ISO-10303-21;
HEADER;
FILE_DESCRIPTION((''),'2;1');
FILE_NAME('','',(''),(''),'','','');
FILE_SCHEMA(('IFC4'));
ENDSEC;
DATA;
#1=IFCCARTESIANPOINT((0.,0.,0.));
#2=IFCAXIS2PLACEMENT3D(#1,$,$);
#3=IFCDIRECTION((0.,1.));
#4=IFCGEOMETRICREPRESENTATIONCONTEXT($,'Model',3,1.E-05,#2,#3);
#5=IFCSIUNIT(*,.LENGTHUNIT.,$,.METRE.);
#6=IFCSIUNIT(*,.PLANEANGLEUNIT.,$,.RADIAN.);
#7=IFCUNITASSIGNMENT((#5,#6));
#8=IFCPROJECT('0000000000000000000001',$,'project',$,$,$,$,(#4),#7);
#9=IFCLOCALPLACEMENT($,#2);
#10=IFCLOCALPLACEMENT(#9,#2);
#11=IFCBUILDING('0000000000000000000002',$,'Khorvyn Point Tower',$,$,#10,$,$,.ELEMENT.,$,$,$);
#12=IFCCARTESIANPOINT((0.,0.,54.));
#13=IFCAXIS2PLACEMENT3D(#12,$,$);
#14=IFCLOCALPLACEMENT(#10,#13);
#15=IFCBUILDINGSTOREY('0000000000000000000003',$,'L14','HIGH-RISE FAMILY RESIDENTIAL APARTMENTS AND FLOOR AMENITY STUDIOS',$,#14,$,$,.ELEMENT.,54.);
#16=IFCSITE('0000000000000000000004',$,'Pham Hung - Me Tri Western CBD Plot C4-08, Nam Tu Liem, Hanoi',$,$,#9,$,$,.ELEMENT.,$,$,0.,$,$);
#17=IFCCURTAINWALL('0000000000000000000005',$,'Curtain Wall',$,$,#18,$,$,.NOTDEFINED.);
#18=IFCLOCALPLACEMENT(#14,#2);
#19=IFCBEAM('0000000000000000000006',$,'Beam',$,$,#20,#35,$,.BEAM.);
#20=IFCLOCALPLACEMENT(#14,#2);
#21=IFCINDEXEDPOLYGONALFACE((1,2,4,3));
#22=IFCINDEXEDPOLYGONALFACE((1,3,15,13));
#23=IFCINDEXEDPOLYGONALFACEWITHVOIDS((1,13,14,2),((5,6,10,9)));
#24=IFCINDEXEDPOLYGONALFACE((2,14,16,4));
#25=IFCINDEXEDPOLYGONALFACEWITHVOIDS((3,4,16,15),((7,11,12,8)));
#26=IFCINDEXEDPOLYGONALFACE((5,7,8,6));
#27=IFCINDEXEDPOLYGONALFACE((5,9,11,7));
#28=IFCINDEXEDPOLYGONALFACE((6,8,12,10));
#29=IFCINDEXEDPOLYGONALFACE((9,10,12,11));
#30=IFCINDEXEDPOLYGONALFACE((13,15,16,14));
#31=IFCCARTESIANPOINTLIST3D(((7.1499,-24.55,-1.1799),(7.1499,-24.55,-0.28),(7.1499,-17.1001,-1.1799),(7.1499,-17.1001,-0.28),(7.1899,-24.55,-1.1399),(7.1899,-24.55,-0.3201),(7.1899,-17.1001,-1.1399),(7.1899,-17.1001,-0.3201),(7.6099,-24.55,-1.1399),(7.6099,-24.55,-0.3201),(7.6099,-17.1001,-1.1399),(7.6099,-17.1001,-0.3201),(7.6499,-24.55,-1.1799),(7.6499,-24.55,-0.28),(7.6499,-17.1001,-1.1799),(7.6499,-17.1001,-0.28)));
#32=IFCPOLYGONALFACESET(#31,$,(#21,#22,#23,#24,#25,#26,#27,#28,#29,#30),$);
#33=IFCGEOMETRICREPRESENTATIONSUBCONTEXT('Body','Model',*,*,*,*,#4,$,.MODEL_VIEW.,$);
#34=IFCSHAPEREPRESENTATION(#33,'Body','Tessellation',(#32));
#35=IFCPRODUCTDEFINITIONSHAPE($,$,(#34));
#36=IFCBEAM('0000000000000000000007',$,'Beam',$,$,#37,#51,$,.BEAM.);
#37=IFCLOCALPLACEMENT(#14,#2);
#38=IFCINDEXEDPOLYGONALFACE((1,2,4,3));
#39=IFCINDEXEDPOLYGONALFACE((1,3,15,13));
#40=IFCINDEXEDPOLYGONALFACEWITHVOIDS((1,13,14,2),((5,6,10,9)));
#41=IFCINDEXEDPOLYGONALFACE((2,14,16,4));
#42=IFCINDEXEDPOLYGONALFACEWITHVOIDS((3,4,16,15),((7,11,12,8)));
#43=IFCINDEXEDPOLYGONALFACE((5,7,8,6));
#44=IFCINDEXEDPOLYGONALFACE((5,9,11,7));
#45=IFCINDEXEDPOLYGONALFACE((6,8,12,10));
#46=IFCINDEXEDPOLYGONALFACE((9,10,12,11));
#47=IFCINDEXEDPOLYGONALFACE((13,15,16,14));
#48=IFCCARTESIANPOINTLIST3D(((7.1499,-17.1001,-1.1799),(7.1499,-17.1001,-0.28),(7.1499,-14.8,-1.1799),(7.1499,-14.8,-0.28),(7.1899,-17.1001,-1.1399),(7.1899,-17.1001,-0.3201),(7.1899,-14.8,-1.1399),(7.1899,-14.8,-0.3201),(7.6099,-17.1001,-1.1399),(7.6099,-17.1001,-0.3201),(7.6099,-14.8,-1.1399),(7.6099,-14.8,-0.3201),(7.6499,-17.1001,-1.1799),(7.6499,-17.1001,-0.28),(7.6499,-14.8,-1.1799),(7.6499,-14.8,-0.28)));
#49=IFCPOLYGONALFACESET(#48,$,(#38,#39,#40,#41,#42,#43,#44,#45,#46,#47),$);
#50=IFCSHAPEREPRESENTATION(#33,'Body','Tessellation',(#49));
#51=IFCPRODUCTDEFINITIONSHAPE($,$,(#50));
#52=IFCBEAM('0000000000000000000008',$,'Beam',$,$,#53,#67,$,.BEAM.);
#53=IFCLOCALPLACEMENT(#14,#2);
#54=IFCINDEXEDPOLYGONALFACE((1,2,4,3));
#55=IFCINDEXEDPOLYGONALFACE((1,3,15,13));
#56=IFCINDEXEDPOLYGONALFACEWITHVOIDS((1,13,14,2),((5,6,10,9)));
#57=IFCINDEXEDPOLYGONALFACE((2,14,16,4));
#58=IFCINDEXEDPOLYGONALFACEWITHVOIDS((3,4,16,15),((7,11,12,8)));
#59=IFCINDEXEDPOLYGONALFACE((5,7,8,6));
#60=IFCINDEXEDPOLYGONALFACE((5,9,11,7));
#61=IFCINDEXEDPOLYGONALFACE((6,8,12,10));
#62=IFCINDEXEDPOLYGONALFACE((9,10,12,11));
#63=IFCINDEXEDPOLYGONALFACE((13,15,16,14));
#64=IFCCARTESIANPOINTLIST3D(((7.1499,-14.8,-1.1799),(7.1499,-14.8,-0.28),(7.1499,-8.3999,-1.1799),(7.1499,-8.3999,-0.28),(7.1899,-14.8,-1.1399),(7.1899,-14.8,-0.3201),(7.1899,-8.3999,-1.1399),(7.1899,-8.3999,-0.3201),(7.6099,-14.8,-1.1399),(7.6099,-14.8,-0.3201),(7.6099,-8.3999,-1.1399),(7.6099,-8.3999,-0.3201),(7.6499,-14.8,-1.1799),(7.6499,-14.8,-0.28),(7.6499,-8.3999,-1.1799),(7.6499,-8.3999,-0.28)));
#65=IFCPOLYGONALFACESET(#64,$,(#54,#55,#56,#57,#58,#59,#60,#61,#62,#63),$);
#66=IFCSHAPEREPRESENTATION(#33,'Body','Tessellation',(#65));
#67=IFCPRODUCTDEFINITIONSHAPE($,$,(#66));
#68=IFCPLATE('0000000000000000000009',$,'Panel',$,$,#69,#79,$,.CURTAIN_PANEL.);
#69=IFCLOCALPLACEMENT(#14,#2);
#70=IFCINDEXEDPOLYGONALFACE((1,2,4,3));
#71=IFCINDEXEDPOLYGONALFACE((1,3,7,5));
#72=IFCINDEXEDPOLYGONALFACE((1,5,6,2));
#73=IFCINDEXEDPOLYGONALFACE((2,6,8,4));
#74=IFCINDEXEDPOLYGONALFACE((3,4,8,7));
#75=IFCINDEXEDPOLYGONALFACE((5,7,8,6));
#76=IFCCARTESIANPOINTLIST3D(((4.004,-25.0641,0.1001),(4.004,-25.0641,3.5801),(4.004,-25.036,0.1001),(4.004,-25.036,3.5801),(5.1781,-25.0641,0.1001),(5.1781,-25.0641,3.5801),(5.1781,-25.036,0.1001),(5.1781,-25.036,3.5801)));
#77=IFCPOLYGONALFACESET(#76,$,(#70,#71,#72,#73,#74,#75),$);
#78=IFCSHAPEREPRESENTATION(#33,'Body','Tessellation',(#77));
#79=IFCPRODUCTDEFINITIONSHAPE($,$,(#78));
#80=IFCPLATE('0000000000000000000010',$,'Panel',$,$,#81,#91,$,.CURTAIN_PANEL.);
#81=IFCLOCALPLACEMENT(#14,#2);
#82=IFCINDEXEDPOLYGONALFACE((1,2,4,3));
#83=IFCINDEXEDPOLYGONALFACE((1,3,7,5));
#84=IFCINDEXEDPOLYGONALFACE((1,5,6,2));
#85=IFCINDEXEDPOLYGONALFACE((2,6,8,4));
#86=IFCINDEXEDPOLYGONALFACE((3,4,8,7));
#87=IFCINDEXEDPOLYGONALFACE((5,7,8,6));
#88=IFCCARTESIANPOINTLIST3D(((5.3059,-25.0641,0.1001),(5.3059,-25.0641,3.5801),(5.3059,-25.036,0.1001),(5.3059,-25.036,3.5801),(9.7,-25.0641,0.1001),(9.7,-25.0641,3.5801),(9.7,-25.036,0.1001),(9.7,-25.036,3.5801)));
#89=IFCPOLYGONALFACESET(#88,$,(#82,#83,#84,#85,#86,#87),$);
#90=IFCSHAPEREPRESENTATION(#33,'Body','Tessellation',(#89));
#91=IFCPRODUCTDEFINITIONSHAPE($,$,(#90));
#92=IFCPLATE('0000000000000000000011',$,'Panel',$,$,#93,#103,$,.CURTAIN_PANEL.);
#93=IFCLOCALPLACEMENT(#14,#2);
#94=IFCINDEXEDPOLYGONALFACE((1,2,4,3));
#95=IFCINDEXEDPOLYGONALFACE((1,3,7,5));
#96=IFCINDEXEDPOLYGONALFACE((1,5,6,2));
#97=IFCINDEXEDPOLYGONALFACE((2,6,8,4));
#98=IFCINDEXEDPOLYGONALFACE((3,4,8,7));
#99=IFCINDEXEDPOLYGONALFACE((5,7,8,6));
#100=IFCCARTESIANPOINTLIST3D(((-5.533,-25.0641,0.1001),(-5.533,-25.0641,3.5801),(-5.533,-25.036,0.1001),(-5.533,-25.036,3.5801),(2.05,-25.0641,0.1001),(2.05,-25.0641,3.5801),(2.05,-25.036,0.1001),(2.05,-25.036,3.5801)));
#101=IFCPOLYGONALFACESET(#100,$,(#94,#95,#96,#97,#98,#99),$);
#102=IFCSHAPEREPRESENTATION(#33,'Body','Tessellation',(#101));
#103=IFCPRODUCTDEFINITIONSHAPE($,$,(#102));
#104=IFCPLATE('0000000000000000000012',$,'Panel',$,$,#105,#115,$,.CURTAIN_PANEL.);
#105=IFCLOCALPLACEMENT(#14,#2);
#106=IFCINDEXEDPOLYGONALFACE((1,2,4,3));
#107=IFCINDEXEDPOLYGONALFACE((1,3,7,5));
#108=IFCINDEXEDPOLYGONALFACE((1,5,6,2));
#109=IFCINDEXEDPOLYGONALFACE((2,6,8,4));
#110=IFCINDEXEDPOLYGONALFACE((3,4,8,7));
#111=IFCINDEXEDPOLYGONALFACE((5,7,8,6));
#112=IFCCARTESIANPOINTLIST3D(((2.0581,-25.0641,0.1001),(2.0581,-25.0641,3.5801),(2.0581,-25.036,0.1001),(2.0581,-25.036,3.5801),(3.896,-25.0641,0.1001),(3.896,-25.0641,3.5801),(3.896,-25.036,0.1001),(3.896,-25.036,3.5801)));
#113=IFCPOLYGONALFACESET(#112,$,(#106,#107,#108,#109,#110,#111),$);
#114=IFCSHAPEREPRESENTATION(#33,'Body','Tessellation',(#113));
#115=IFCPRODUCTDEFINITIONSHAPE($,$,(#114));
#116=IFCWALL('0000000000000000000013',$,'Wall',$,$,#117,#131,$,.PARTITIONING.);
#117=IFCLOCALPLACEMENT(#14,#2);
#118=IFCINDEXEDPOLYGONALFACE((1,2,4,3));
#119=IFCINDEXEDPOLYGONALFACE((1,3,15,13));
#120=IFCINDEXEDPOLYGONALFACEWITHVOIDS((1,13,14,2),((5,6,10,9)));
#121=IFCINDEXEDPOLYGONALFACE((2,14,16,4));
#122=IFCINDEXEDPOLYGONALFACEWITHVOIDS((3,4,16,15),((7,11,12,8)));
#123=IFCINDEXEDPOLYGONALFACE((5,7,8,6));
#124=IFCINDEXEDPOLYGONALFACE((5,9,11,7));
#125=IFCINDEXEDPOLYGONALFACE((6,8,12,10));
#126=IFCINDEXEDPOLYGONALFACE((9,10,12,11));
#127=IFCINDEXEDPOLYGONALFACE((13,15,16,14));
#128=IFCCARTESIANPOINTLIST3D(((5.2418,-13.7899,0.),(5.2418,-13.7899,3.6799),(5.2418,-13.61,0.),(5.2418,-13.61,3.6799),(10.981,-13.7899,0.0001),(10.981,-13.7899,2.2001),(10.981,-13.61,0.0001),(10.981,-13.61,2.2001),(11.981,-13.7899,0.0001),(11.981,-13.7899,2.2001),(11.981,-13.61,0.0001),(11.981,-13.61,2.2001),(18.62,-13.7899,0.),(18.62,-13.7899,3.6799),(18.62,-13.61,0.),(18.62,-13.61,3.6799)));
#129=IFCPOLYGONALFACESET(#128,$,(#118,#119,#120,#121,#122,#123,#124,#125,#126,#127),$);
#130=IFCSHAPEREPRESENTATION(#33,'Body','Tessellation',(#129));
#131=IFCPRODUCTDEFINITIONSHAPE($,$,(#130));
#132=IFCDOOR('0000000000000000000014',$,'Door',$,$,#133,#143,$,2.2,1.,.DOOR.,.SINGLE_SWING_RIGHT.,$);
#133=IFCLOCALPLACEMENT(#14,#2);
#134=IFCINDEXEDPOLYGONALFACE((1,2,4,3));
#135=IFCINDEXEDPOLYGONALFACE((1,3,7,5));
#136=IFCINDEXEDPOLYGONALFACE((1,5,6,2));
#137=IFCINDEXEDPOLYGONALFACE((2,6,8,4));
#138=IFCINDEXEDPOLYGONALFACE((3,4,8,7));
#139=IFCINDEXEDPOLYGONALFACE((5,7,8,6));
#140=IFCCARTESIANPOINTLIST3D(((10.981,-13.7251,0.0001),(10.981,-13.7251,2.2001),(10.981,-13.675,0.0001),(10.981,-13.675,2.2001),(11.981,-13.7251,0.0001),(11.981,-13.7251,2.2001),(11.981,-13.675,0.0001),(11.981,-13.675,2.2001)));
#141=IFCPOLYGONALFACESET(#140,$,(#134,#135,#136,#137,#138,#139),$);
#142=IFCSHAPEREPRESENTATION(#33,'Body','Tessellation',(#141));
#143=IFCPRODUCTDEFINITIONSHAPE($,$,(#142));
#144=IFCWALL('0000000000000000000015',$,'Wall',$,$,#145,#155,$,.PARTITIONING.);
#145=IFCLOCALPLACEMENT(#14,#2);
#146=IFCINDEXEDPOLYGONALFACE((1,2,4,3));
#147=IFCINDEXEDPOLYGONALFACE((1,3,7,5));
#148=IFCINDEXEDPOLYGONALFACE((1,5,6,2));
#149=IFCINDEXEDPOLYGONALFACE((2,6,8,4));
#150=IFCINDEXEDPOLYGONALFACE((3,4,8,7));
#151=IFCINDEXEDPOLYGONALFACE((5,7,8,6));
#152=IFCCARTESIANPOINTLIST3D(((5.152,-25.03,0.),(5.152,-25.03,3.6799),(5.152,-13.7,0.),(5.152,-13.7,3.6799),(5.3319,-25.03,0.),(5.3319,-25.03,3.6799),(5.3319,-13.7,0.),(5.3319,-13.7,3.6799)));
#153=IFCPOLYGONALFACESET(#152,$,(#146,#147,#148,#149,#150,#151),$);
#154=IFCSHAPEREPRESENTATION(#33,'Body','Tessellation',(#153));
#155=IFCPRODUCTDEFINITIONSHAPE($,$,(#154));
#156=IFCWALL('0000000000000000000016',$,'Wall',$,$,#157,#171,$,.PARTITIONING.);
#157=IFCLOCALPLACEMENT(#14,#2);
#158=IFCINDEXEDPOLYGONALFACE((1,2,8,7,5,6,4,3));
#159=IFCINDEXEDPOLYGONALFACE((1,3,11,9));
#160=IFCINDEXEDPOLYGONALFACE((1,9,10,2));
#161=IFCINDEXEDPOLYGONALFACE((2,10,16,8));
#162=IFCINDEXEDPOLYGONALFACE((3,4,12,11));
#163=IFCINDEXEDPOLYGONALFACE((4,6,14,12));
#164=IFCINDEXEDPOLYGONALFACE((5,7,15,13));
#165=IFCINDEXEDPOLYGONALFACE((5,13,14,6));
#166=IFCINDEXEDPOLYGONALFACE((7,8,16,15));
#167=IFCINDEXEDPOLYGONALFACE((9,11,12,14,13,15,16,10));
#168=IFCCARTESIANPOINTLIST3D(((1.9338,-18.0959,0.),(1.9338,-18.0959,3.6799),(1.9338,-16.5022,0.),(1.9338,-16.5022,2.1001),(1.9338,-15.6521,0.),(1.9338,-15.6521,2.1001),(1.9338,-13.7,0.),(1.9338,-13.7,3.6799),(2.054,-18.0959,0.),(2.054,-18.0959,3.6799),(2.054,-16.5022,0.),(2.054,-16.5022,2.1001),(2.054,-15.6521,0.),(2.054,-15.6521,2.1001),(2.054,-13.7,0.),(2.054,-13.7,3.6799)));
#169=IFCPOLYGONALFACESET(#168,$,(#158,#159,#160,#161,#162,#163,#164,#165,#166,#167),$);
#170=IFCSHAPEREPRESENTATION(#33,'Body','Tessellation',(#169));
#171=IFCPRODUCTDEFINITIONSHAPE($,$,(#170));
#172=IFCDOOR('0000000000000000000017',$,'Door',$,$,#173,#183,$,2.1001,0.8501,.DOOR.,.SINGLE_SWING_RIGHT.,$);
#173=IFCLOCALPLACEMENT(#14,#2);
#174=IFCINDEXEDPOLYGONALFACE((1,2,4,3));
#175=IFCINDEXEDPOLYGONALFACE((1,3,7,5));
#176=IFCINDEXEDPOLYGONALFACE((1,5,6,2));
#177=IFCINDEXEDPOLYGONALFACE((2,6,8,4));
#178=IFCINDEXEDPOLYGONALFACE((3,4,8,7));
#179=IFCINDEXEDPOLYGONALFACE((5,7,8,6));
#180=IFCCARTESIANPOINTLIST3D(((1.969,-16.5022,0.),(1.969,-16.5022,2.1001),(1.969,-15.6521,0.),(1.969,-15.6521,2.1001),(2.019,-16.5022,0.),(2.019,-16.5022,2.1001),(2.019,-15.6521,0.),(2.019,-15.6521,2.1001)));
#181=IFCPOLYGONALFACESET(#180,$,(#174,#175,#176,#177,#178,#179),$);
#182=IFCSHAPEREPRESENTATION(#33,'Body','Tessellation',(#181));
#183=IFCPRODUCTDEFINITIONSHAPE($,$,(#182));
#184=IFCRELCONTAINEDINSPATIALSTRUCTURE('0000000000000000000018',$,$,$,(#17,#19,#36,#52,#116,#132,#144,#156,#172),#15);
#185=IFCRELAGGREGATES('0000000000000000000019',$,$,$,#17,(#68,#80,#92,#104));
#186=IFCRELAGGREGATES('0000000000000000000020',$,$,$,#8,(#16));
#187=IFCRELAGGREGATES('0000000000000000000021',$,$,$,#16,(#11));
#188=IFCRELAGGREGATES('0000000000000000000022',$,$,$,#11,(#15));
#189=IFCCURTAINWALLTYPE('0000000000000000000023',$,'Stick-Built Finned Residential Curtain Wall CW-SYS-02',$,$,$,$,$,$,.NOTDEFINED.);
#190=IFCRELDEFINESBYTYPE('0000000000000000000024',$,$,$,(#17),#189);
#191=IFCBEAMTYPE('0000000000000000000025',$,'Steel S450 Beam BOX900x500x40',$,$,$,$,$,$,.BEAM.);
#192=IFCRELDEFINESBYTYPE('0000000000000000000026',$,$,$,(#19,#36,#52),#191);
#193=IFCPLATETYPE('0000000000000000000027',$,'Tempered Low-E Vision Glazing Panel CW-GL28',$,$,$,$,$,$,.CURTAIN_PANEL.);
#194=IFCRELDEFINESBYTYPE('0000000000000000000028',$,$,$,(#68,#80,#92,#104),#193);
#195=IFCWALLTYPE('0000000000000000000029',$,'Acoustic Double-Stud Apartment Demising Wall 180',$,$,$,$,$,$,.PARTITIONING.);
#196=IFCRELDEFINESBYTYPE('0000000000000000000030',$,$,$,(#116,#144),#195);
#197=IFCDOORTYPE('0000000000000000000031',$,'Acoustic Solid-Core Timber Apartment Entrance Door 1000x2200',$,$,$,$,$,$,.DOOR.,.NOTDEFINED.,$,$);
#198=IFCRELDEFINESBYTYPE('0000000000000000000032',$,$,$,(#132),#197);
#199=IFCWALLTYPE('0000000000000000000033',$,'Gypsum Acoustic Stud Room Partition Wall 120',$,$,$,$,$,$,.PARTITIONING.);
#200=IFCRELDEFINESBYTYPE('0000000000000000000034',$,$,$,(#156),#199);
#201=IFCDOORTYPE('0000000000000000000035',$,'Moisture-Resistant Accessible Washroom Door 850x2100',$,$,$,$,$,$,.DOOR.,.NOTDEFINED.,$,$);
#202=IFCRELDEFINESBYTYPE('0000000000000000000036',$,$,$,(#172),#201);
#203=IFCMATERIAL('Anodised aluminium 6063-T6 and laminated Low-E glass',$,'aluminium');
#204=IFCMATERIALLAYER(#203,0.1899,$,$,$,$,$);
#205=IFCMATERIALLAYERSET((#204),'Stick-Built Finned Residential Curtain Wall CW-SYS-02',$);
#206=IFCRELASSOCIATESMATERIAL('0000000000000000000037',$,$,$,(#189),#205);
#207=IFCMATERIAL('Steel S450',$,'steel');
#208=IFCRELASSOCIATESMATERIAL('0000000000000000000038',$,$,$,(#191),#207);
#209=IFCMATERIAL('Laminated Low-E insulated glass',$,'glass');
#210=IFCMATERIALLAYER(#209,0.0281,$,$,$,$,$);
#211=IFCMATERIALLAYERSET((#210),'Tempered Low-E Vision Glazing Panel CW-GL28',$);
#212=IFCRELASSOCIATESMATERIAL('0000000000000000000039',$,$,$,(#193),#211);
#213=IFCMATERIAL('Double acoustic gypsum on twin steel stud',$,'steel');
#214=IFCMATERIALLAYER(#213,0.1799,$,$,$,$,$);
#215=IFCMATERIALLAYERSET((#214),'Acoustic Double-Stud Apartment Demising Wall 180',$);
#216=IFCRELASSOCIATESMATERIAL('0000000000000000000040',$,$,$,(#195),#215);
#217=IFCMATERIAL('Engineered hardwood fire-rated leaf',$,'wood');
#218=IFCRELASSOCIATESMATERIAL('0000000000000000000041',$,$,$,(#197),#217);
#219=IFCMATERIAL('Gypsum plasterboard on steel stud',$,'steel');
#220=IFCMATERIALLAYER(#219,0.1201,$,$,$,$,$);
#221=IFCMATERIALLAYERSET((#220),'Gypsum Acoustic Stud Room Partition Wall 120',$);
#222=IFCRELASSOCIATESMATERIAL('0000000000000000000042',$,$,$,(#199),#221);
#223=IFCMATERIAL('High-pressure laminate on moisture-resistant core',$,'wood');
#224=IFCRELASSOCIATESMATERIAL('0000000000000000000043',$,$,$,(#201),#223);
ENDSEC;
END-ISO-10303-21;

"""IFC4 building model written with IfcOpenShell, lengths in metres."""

from ifc_helpers import new_model, si_unit, direction, frame, frame_2d, origin, origin_2d, place, context, subcontext, project, spatial, rectangle, hollow_rectangle, extrude, material, layer, layer_set, material_profile, profile_set, type_object, element, fill, aggregate, save


model = new_model("IFC4")

# Units and contexts
model_context = context("Model", 3, precision=1e-05, world=origin(), true_north=direction((0.0, 1.0)))
body_context = subcontext(model_context, "Body", "Model", "MODEL_VIEW")
ifc_project = project(units=[si_unit("LENGTHUNIT", "METRE"), si_unit("PLANEANGLEUNIT", "RADIAN")], contexts=[model_context])

# Site, building, storey
site_placement = place(None, origin())
site = spatial("IfcSite", under=ifc_project, at=site_placement, Name="Pham Hung - Me Tri Western CBD Plot C4-08, Nam Tu Liem, Hanoi", CompositionType="ELEMENT", RefElevation=0.0)
building_placement = place(site_placement, origin())
building = spatial("IfcBuilding", under=site, at=building_placement, Name="Khorvyn Point Tower", CompositionType="ELEMENT")
storey_placement = place(building_placement, frame((0.0, 0.0, 54.0)))
storey = spatial("IfcBuildingStorey", under=building, at=storey_placement, Name="L14", Description="HIGH-RISE FAMILY RESIDENTIAL APARTMENTS AND FLOOR AMENITY STUDIOS", CompositionType="ELEMENT", Elevation=54.0)

# Shared definitions
ifc_material_1 = material(Name="Steel S450", Category="steel")

# Curtain wall
ifc_material_2 = material(Name="Anodised aluminium 6063-T6 and laminated Low-E glass", Category="aluminium")
ifc_layer_1 = layer(ifc_material_2, 0.1899)
ifc_layer_set_1 = layer_set([ifc_layer_1], Name="Stick-Built Finned Residential Curtain Wall CW-SYS-02")
curtain_wall_type = type_object("IfcCurtainWallType", Name="Stick-Built Finned Residential Curtain Wall CW-SYS-02", PredefinedType="NOTDEFINED", material=ifc_layer_set_1)
curtain_wall_placement = place(storey_placement, origin())
curtain_wall = element("IfcCurtainWall", 1, at=curtain_wall_placement, inside=storey, type_object=curtain_wall_type, Name="Curtain Wall", PredefinedType="NOTDEFINED")

# Beams
ifc_material_profile_1 = material_profile(ifc_material_1, hollow_rectangle(XDim=0.5, YDim=0.8999, WallThickness=0.04, at=origin_2d()))
ifc_profile_set_1 = profile_set([ifc_material_profile_1], Name="Steel S450 BOX900x500x40")
beam_type_1 = type_object("IfcBeamType", Name="Steel S450 Beam BOX900x500x40", PredefinedType="BEAM", material=ifc_profile_set_1)
beam_1_placement = place(storey_placement, frame((7.3999, -24.55, -0.73), z_axis=(0.0, 1.0, 0.0), x_axis=(-1.0, 0.0, 0.0)))
element("IfcBeam", 2, at=beam_1_placement, inside=storey, type_object=beam_type_1, Name="Beam", PredefinedType="BEAM", context=body_context, shape_type="SweptSolid", body=[
    extrude(hollow_rectangle(XDim=0.5, YDim=0.8999, WallThickness=0.04, at=origin_2d()), origin(), (0.0, 0.0, 1.0), 7.45),
])
beam_2_placement = place(storey_placement, frame((7.3999, -17.1001, -0.73), z_axis=(0.0, 1.0, 0.0), x_axis=(-1.0, 0.0, 0.0)))
element("IfcBeam", 3, at=beam_2_placement, inside=storey, type_object=beam_type_1, Name="Beam", PredefinedType="BEAM", context=body_context, shape_type="SweptSolid", body=[
    extrude(hollow_rectangle(XDim=0.5, YDim=0.8999, WallThickness=0.04, at=origin_2d()), origin(), (0.0, 0.0, 1.0), 2.3),
])
beam_3_placement = place(storey_placement, frame((7.3999, -14.8, -0.73), z_axis=(0.0, 1.0, 0.0), x_axis=(-1.0, 0.0, 0.0)))
element("IfcBeam", 4, at=beam_3_placement, inside=storey, type_object=beam_type_1, Name="Beam", PredefinedType="BEAM", context=body_context, shape_type="SweptSolid", body=[
    extrude(hollow_rectangle(XDim=0.5, YDim=0.8999, WallThickness=0.04, at=origin_2d()), origin(), (0.0, 0.0, 1.0), 6.4001),
])

# Plates
ifc_material_3 = material(Name="Laminated Low-E insulated glass", Category="glass")
ifc_layer_2 = layer(ifc_material_3, 0.0281)
ifc_layer_set_2 = layer_set([ifc_layer_2], Name="Tempered Low-E Vision Glazing Panel CW-GL28")
plate_type = type_object("IfcPlateType", Name="Tempered Low-E Vision Glazing Panel CW-GL28", PredefinedType="CURTAIN_PANEL", material=ifc_layer_set_2)
plate_1_placement = place(storey_placement, frame((4.5911, -25.05, 0.1001), z_axis=(0.0, 0.0, 1.0), x_axis=(-1.0, 0.0, 0.0)))
plate_1 = element("IfcPlate", 5, at=plate_1_placement, type_object=plate_type, Name="Panel", PredefinedType="CURTAIN_PANEL", context=body_context, shape_type="SweptSolid", body=[
    extrude(rectangle(XDim=1.1741, YDim=0.0281, at=origin_2d()), origin(), (0.0, 0.0, 1.0), 3.48),
])
plate_2_placement = place(storey_placement, frame((7.5029, -25.05, 0.1001), z_axis=(0.0, 0.0, 1.0), x_axis=(-1.0, 0.0, 0.0)))
plate_2 = element("IfcPlate", 6, at=plate_2_placement, type_object=plate_type, Name="Panel", PredefinedType="CURTAIN_PANEL", context=body_context, shape_type="SweptSolid", body=[
    extrude(rectangle(XDim=4.394, YDim=0.0281, at=origin_2d()), origin(), (0.0, 0.0, 1.0), 3.48),
])
plate_3_placement = place(storey_placement, frame((-1.7415, -25.05, 0.1001), z_axis=(0.0, 0.0, 1.0), x_axis=(-1.0, 0.0, 0.0)))
plate_3 = element("IfcPlate", 7, at=plate_3_placement, type_object=plate_type, Name="Panel", PredefinedType="CURTAIN_PANEL", context=body_context, shape_type="SweptSolid", body=[
    extrude(rectangle(XDim=7.583, YDim=0.0281, at=origin_2d()), origin(), (0.0, 0.0, 1.0), 3.48),
])
plate_4_placement = place(storey_placement, frame((2.9771, -25.05, 0.1001), z_axis=(0.0, 0.0, 1.0), x_axis=(-1.0, 0.0, 0.0)))
plate_4 = element("IfcPlate", 8, at=plate_4_placement, type_object=plate_type, Name="Panel", PredefinedType="CURTAIN_PANEL", context=body_context, shape_type="SweptSolid", body=[
    extrude(rectangle(XDim=1.8379, YDim=0.0281, at=origin_2d()), origin(), (0.0, 0.0, 1.0), 3.48),
])
aggregate(curtain_wall, [plate_1, plate_2, plate_3, plate_4])

# Wall, opening, door
ifc_material_4 = material(Name="Double acoustic gypsum on twin steel stud", Category="steel")
ifc_layer_3 = layer(ifc_material_4, 0.1799)
ifc_layer_set_3 = layer_set([ifc_layer_3], Name="Acoustic Double-Stud Apartment Demising Wall 180")
wall_type_1 = type_object("IfcWallType", Name="Acoustic Double-Stud Apartment Demising Wall 180", PredefinedType="PARTITIONING", material=ifc_layer_set_3)
wall_1_placement = place(storey_placement, frame((5.2419, -13.7, 0.0), z_axis=(0.0, 0.0, 1.0), x_axis=(1.0, 0.0, 0.0)))
wall_1 = element("IfcWall", 9, at=wall_1_placement, inside=storey, type_object=wall_type_1, Name="Wall", PredefinedType="PARTITIONING", context=body_context, shape_type="SweptSolid", body=[
    extrude(rectangle(XDim=13.3782, YDim=0.1799, at=frame_2d((6.689, 0.0))), origin(), (0.0, 0.0, 1.0), 3.6799),
])
opening_1_placement = place(wall_1_placement, frame((5.739, 0.0, 0.0)))
opening_1 = element("IfcOpeningElement", 10, at=opening_1_placement, cuts=wall_1, PredefinedType="OPENING", context=body_context, shape_type="SweptSolid", body=[
    extrude(rectangle(XDim=1.0, YDim=2.2, at=frame_2d((0.5, 1.1001))), frame((0.0, 0.0999, 0.0), z_axis=(0.0, -1.0, 0.0), x_axis=(1.0, 0.0, 0.0)), (0.0, 0.0, 1.0), 0.2),
])
ifc_material_5 = material(Name="Engineered hardwood fire-rated leaf", Category="wood")
door_type_1 = type_object("IfcDoorType", Name="Acoustic Solid-Core Timber Apartment Entrance Door 1000x2200", OperationType="NOTDEFINED", PredefinedType="DOOR", material=ifc_material_5)
door_1_placement = place(opening_1_placement, origin())
door_1 = element("IfcDoor", 11, at=door_1_placement, inside=storey, type_object=door_type_1, Name="Door", OperationType="SINGLE_SWING_RIGHT", OverallHeight=2.2, OverallWidth=1.0, PredefinedType="DOOR", context=body_context, shape_type="SweptSolid", body=[
    extrude(rectangle(XDim=1.0, YDim=2.2, at=frame_2d((0.5, 1.1001))), frame((0.0, 0.0249, 0.0), z_axis=(0.0, -1.0, 0.0), x_axis=(1.0, 0.0, 0.0)), (0.0, 0.0, 1.0), 0.05),
])
fill(opening_1, door_1)

# Wall
wall_2_placement = place(storey_placement, frame((5.2419, -25.03, 0.0), z_axis=(0.0, 0.0, 1.0), x_axis=(0.0, 1.0, 0.0)))
element("IfcWall", 12, at=wall_2_placement, inside=storey, type_object=wall_type_1, Name="Wall", PredefinedType="PARTITIONING", context=body_context, shape_type="SweptSolid", body=[
    extrude(rectangle(XDim=11.3301, YDim=0.1799, at=frame_2d((5.665, 0.0))), origin(), (0.0, 0.0, 1.0), 3.6799),
])

# Wall, opening, door
ifc_material_6 = material(Name="Gypsum plasterboard on steel stud", Category="steel")
ifc_layer_4 = layer(ifc_material_6, 0.1201)
ifc_layer_set_4 = layer_set([ifc_layer_4], Name="Gypsum Acoustic Stud Room Partition Wall 120")
wall_type_2 = type_object("IfcWallType", Name="Gypsum Acoustic Stud Room Partition Wall 120", PredefinedType="PARTITIONING", material=ifc_layer_set_4)
wall_3_placement = place(storey_placement, frame((1.9939, -18.0959, 0.0), z_axis=(0.0, 0.0, 1.0), x_axis=(0.0, 1.0, 0.0)))
wall_3 = element("IfcWall", 13, at=wall_3_placement, inside=storey, type_object=wall_type_2, Name="Wall", PredefinedType="PARTITIONING", context=body_context, shape_type="SweptSolid", body=[
    extrude(rectangle(XDim=4.396, YDim=0.1201, at=frame_2d((2.198, 0.0))), origin(), (0.0, 0.0, 1.0), 3.6799),
])
opening_2_placement = place(wall_3_placement, frame((1.5938, 0.0, 0.0)))
opening_2 = element("IfcOpeningElement", 14, at=opening_2_placement, cuts=wall_3, PredefinedType="OPENING", context=body_context, shape_type="SweptSolid", body=[
    extrude(rectangle(XDim=0.8501, YDim=2.1001, at=frame_2d((0.425, 1.05))), frame((0.0, 0.0701, 0.0), z_axis=(0.0, -1.0, 0.0), x_axis=(1.0, 0.0, 0.0)), (0.0, 0.0, 1.0), 0.1401),
])
ifc_material_7 = material(Name="High-pressure laminate on moisture-resistant core", Category="wood")
door_type_2 = type_object("IfcDoorType", Name="Moisture-Resistant Accessible Washroom Door 850x2100", OperationType="NOTDEFINED", PredefinedType="DOOR", material=ifc_material_7)
door_2_placement = place(opening_2_placement, origin())
door_2 = element("IfcDoor", 15, at=door_2_placement, inside=storey, type_object=door_type_2, Name="Door", OperationType="SINGLE_SWING_RIGHT", OverallHeight=2.1001, OverallWidth=0.8501, PredefinedType="DOOR", context=body_context, shape_type="SweptSolid", body=[
    extrude(rectangle(XDim=0.8501, YDim=2.1001, at=frame_2d((0.425, 1.05))), frame((0.0, 0.0249, 0.0), z_axis=(0.0, -1.0, 0.0), x_axis=(1.0, 0.0, 0.0)), (0.0, 0.0, 1.0), 0.05),
])
fill(opening_2, door_2)

save(model, "model.ifc")
